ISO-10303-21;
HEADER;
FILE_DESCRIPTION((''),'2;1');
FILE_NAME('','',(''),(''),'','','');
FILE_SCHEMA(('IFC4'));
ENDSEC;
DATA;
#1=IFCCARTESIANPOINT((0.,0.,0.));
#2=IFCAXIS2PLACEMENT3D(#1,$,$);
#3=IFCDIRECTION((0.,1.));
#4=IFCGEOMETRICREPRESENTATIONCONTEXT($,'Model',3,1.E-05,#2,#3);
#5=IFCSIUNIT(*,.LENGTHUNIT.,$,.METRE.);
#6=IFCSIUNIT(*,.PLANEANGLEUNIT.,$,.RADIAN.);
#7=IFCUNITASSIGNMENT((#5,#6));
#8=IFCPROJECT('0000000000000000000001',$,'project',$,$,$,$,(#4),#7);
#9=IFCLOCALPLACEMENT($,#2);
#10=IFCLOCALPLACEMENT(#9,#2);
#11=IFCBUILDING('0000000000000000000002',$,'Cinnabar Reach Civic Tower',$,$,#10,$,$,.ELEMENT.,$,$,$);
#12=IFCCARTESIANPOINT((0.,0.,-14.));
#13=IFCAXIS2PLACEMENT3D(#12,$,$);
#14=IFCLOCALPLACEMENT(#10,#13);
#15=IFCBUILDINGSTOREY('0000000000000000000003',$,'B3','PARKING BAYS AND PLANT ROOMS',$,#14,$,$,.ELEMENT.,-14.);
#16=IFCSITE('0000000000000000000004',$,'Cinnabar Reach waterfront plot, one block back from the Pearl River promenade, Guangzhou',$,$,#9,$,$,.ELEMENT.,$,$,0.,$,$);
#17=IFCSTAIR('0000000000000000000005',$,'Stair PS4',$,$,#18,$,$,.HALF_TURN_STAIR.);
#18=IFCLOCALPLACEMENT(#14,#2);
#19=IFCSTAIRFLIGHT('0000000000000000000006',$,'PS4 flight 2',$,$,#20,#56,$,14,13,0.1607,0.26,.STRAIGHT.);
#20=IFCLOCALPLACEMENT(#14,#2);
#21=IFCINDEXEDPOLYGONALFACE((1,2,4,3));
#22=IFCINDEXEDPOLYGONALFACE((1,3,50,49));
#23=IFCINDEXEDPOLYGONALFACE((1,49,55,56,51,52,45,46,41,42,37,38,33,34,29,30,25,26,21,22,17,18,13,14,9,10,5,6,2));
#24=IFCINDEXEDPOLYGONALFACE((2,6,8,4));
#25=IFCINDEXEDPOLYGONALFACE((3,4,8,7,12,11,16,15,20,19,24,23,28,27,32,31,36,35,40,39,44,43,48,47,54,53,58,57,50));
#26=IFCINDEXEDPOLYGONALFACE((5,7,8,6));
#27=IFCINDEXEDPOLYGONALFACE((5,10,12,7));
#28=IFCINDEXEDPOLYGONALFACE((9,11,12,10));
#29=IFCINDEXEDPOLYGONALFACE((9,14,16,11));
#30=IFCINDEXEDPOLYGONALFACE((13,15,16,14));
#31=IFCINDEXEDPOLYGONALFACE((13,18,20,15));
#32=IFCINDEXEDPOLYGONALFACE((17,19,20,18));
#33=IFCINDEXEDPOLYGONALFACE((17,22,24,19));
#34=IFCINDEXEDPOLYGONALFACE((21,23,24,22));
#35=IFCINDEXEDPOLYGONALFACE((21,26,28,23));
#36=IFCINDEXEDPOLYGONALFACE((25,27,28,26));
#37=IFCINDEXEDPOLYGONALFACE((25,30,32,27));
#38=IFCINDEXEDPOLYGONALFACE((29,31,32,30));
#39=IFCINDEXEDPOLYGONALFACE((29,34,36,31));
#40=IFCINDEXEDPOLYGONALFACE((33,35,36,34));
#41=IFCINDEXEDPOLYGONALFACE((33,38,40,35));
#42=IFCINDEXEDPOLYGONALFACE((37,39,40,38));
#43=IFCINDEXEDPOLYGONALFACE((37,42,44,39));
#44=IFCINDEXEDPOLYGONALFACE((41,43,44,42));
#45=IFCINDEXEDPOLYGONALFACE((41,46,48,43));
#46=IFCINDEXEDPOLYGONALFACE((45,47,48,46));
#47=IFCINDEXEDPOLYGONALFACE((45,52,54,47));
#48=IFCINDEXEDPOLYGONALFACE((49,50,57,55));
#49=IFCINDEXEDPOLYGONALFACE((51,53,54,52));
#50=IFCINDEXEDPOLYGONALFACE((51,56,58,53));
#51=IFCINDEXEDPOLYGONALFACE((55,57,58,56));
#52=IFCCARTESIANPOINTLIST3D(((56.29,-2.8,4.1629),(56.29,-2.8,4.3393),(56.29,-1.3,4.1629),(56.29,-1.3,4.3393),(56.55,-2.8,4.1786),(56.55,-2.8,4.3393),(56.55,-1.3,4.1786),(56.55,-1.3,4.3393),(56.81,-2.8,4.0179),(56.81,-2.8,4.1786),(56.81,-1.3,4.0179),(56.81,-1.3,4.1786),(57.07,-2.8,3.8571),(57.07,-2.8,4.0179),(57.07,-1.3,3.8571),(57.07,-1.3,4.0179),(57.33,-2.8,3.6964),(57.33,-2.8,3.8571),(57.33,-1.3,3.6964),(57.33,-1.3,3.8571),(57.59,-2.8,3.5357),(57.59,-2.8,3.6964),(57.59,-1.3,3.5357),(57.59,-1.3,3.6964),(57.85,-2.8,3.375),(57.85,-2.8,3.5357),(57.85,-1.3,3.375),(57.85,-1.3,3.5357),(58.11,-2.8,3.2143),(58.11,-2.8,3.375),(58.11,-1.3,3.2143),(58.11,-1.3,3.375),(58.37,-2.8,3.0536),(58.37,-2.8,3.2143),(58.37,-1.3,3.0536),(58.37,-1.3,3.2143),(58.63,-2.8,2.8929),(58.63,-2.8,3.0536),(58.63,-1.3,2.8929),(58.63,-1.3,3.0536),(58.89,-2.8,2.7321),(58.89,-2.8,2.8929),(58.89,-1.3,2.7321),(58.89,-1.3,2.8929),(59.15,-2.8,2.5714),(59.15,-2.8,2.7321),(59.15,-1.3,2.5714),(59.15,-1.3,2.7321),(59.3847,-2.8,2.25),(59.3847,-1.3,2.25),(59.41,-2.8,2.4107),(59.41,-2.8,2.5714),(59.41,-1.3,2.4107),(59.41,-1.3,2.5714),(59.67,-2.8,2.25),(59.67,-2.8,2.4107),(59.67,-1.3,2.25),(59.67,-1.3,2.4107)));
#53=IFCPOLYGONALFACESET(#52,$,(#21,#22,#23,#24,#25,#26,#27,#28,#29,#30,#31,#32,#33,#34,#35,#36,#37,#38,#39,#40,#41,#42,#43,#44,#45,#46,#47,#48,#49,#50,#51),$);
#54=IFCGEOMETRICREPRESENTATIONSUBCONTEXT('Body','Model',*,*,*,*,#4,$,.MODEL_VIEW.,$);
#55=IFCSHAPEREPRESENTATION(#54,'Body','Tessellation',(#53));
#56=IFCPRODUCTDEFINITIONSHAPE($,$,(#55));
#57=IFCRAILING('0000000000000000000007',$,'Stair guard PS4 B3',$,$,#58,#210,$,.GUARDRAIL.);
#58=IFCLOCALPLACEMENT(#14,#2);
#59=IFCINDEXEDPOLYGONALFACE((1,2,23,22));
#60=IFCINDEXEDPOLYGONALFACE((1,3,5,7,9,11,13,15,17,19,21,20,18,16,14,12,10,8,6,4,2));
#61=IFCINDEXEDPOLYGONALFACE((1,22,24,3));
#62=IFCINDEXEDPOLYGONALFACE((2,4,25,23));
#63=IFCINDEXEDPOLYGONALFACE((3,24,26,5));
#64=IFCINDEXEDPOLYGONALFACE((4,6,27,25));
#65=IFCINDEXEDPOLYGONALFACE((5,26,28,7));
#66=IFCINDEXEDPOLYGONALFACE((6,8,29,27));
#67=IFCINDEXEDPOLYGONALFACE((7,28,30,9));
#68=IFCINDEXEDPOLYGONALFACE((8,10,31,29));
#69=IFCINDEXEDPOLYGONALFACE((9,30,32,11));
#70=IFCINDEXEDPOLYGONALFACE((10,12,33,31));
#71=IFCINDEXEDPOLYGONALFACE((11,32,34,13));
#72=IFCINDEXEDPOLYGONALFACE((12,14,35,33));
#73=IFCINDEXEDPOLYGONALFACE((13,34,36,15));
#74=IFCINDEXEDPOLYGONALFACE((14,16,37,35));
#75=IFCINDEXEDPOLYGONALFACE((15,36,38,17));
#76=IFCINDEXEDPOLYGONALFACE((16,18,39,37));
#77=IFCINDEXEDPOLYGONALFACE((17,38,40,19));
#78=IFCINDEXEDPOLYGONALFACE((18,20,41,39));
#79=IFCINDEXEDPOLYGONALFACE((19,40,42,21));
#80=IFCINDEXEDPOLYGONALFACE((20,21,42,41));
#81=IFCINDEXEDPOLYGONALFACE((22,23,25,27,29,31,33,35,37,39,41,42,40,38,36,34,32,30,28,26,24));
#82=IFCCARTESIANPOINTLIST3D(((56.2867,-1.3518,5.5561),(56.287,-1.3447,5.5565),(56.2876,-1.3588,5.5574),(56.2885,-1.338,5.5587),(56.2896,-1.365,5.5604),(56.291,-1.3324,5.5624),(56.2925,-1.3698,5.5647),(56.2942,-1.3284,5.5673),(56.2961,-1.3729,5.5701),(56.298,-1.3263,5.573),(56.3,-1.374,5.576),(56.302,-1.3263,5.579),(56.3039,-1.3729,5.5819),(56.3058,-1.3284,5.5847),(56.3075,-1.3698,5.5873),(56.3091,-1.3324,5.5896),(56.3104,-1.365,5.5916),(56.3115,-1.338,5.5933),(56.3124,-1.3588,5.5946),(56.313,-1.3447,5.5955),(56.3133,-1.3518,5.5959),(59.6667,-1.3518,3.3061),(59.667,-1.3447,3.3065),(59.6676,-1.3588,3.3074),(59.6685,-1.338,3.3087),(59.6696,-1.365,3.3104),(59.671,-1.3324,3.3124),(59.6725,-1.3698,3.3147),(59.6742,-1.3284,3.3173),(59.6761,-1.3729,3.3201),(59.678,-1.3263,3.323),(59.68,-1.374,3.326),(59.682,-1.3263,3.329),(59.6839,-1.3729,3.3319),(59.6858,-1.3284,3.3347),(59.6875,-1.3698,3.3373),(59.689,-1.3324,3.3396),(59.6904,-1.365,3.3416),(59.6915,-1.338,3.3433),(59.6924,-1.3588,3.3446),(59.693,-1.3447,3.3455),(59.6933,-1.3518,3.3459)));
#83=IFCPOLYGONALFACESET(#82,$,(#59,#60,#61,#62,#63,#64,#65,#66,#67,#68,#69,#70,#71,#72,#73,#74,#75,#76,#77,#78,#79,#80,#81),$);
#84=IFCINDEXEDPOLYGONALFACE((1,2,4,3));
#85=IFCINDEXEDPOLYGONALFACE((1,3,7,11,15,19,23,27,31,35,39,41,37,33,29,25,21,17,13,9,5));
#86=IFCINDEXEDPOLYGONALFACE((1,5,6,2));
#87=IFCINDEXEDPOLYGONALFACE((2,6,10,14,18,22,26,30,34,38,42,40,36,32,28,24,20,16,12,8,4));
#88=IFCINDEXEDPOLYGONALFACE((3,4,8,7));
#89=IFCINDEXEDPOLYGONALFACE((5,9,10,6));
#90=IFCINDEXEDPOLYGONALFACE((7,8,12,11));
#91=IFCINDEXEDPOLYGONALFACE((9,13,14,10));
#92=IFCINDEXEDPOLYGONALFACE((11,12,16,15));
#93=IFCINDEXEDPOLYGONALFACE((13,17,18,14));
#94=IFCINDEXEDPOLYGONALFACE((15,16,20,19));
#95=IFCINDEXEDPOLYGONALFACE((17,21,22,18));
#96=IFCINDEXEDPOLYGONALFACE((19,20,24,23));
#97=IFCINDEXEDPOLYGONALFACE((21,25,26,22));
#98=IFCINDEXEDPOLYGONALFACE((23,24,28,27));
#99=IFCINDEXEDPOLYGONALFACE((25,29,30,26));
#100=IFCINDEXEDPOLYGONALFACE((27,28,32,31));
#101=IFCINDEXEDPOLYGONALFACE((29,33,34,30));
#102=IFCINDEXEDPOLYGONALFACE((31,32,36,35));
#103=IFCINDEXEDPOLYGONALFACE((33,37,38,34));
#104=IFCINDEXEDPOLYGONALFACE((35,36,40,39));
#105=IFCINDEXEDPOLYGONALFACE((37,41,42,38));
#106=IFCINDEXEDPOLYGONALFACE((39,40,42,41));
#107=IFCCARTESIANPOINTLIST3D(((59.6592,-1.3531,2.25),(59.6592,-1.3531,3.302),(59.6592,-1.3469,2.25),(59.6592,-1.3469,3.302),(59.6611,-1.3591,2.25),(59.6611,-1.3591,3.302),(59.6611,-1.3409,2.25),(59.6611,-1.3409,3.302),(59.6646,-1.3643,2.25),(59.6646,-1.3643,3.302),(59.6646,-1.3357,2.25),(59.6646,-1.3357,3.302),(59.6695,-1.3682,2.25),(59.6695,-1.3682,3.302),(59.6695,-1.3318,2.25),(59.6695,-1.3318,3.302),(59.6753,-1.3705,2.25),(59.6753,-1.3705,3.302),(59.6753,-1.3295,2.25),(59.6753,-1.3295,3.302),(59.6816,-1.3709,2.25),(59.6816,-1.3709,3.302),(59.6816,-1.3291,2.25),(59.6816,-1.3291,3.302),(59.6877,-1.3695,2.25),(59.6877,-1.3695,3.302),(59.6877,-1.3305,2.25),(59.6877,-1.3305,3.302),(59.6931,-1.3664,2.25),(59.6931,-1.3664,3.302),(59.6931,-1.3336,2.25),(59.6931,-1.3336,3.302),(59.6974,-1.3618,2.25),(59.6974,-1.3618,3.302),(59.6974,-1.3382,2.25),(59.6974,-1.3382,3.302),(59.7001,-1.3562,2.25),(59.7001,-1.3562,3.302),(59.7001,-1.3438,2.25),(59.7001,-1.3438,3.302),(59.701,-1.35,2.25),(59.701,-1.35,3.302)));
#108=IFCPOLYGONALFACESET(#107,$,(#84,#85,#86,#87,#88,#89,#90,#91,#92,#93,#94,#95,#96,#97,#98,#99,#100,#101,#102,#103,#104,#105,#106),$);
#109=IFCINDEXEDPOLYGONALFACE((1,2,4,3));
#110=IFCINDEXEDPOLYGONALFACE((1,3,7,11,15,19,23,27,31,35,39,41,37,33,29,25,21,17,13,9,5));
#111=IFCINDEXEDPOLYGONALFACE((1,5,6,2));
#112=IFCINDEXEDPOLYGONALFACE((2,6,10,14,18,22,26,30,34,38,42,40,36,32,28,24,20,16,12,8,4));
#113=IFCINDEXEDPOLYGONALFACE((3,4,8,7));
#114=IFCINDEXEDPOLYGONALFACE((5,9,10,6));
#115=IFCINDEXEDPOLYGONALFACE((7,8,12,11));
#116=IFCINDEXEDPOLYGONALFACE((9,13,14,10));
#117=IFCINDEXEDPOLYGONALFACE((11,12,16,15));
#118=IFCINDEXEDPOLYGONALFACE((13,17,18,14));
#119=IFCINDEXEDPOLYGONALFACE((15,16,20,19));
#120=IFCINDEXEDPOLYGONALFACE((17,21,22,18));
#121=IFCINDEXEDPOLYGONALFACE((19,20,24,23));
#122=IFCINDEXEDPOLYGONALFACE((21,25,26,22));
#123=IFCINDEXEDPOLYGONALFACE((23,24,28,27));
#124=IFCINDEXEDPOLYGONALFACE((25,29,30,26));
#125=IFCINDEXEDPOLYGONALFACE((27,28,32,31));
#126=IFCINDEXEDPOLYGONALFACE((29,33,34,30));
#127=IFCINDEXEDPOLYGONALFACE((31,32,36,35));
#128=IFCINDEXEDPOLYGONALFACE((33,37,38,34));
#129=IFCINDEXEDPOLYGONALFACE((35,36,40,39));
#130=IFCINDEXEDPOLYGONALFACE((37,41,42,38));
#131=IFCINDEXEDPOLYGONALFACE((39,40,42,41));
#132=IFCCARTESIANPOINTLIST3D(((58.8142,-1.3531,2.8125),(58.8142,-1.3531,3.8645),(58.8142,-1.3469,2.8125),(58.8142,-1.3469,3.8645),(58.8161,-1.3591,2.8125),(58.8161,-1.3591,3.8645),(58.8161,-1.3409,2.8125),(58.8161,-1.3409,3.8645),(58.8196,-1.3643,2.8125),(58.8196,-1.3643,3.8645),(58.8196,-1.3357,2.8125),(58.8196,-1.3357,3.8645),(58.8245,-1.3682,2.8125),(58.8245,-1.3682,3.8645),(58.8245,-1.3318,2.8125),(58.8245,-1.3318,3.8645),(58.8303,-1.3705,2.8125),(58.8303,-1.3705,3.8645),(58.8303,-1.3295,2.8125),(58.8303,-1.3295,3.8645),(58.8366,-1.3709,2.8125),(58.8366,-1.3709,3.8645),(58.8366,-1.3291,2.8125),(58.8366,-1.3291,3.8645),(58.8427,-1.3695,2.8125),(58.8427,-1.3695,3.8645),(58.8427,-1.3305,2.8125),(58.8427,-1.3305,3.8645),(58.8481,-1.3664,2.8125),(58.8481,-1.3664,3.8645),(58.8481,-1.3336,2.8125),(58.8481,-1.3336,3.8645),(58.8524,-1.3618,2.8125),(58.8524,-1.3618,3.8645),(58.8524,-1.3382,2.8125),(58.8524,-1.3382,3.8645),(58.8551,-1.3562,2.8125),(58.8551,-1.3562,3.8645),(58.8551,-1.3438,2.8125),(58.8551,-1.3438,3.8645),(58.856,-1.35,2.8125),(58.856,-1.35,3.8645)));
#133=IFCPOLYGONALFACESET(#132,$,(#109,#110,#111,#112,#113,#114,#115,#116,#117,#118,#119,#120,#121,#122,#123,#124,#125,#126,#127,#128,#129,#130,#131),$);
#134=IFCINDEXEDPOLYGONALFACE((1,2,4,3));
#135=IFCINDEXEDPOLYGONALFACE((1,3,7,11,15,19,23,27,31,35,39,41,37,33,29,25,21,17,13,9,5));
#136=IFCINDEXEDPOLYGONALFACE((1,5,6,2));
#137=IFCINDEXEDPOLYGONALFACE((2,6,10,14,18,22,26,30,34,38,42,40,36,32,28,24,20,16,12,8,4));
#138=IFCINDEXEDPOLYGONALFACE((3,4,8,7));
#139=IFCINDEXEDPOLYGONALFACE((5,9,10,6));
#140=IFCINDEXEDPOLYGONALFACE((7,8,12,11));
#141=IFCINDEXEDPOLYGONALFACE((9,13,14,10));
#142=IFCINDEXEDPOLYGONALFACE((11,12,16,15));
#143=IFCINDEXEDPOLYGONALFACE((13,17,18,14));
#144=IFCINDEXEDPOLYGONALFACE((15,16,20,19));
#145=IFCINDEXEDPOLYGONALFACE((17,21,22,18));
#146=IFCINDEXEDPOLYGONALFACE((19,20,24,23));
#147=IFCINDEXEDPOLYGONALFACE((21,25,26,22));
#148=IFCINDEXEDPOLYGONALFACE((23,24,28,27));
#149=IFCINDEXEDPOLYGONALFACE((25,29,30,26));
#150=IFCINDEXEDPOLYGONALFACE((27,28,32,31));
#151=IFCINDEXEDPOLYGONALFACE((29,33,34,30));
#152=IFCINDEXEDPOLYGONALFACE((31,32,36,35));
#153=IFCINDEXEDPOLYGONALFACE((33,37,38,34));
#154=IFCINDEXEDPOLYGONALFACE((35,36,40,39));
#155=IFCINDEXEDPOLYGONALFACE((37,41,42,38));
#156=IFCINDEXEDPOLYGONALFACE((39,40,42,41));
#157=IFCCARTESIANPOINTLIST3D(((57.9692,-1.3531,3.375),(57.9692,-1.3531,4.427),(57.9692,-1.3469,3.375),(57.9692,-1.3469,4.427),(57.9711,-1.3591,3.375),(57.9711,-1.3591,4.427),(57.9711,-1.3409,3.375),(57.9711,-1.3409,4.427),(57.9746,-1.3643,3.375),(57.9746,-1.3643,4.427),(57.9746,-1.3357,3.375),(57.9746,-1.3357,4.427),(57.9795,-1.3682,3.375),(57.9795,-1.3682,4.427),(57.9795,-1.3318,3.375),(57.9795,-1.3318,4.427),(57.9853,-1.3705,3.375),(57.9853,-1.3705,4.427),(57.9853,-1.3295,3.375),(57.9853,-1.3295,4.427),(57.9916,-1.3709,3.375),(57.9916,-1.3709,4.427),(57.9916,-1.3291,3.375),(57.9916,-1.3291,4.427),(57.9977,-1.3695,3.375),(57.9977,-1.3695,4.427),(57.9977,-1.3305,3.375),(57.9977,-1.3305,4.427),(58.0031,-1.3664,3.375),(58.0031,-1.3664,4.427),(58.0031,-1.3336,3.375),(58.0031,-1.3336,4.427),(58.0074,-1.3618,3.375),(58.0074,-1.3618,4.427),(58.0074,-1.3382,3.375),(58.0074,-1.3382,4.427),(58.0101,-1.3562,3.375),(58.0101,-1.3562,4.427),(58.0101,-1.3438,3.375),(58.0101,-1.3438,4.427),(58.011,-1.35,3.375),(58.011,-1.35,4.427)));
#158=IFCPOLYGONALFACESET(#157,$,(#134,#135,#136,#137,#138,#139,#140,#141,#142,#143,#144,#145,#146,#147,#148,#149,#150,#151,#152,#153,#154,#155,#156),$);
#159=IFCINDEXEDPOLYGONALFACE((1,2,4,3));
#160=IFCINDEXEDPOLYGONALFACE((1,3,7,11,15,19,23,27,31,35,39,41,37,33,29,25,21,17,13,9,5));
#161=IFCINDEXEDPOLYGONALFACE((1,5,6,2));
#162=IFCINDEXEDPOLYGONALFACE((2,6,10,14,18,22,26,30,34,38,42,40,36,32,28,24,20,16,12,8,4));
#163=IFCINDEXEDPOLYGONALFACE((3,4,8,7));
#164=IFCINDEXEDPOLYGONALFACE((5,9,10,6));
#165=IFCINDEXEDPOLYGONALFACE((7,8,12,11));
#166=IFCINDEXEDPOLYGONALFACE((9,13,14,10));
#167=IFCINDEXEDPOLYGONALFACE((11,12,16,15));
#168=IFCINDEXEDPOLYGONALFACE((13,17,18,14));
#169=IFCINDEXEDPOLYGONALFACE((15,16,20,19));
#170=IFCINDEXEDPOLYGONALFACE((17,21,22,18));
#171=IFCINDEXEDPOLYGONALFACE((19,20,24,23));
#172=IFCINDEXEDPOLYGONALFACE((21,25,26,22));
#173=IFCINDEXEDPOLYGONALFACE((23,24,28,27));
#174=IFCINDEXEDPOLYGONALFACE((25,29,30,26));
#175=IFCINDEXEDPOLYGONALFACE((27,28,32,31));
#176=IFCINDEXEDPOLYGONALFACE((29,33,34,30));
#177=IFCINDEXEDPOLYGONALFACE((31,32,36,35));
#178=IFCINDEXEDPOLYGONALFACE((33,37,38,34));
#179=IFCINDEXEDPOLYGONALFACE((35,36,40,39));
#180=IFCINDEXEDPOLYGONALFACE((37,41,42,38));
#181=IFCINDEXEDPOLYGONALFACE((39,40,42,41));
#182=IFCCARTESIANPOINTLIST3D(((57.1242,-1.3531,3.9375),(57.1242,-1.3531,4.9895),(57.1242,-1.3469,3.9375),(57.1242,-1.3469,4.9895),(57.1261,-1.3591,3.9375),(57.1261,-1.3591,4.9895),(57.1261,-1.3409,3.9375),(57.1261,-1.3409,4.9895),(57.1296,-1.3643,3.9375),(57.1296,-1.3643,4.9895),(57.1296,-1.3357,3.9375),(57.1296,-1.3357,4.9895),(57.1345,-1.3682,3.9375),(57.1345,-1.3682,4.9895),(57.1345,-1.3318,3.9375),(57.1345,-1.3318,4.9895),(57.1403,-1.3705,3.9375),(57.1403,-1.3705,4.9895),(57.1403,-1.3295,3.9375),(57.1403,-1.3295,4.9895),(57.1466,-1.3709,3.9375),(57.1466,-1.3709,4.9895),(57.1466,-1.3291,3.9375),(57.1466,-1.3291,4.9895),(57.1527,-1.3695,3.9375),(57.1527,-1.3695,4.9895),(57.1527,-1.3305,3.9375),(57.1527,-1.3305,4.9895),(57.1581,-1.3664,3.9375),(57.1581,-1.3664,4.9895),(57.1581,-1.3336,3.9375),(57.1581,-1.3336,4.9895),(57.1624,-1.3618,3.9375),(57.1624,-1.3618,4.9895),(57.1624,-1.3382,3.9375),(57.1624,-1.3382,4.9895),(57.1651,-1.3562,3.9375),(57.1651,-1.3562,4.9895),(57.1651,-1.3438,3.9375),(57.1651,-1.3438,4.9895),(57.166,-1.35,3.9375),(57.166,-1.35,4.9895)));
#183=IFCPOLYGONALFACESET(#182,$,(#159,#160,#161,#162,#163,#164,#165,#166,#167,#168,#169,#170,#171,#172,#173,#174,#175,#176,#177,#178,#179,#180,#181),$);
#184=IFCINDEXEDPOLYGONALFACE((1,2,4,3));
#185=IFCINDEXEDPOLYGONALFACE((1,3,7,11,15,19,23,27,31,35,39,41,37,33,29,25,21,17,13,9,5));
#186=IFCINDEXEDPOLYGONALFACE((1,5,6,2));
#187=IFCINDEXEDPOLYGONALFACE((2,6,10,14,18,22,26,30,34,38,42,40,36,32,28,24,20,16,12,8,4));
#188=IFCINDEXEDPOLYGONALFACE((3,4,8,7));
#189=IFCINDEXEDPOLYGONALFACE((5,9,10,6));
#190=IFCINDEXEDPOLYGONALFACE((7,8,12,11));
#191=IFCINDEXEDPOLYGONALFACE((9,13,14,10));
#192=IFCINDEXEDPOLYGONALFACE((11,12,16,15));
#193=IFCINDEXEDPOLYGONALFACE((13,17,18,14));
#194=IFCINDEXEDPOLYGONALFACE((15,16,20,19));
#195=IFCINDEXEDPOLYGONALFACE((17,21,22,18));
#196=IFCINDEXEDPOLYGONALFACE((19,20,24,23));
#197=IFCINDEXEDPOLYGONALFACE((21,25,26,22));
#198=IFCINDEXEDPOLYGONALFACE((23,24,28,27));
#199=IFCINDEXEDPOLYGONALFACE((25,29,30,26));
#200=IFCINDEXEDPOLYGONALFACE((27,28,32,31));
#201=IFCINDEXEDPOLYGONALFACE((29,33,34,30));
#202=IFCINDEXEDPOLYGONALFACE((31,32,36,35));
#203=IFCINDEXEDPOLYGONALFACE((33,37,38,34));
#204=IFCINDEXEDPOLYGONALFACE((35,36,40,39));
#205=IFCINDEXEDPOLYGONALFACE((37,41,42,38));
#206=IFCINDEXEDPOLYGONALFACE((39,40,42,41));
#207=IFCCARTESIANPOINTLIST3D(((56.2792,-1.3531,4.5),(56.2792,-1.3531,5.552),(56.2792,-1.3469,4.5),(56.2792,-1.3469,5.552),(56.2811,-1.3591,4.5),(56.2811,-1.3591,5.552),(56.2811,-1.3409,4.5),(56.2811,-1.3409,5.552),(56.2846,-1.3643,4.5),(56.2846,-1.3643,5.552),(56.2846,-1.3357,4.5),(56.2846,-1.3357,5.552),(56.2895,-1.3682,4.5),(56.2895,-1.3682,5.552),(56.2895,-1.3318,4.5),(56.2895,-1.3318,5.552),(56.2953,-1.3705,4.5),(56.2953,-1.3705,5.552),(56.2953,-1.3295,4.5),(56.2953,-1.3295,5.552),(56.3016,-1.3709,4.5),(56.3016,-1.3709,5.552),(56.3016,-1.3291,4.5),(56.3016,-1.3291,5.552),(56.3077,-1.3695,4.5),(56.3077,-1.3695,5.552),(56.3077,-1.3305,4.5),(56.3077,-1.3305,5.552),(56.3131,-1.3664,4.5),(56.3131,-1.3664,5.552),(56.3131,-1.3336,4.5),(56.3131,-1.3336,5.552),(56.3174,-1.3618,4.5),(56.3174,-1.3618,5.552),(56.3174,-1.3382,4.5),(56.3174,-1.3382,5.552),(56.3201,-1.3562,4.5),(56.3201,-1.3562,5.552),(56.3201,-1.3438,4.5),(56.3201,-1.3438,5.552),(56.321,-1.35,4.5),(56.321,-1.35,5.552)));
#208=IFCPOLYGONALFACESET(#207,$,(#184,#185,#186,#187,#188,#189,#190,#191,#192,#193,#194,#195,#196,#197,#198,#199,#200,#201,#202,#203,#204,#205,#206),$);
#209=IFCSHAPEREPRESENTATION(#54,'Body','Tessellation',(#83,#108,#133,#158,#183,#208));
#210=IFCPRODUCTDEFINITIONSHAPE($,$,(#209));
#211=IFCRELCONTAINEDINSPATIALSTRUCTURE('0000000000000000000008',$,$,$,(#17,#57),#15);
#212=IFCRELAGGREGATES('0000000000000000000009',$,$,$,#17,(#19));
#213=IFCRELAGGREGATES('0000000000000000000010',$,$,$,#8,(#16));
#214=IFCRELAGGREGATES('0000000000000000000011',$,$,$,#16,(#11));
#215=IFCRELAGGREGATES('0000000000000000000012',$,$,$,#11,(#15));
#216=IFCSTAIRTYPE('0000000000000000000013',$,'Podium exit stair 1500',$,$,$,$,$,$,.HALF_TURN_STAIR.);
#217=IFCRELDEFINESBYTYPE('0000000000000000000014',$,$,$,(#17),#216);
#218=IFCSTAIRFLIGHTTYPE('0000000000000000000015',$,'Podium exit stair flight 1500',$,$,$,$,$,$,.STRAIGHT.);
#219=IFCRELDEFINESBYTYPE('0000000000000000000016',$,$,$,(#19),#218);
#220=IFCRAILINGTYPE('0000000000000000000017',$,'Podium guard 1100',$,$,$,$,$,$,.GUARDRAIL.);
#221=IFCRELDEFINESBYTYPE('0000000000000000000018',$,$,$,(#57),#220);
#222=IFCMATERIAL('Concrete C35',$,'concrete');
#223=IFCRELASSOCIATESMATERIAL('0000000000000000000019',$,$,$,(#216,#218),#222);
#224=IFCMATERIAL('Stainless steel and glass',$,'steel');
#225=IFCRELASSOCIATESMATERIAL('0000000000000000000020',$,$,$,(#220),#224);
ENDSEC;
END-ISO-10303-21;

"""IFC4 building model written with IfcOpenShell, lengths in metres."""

from ifc_helpers import new_model, si_unit, direction, frame, origin, origin_2d, place, context, subcontext, project, spatial, polyline, circle, outline, extrude, material, type_object, element, aggregate, save


model = new_model("IFC4")

# Units and contexts
model_context = context("Model", 3, precision=1e-05, world=origin(), true_north=direction((0.0, 1.0)))
body_context = subcontext(model_context, "Body", "Model", "MODEL_VIEW")
ifc_project = project(units=[si_unit("LENGTHUNIT", "METRE"), si_unit("PLANEANGLEUNIT", "RADIAN")], contexts=[model_context])

# Site, building, storey
site_placement = place(None, origin())
site = spatial("IfcSite", under=ifc_project, at=site_placement, Name="Cinnabar Reach waterfront plot, one block back from the Pearl River promenade, Guangzhou", CompositionType="ELEMENT", RefElevation=0.0)
building_placement = place(site_placement, origin())
building = spatial("IfcBuilding", under=site, at=building_placement, Name="Cinnabar Reach Civic Tower", CompositionType="ELEMENT")
storey_placement = place(building_placement, frame((0.0, 0.0, -14.0)))
storey = spatial("IfcBuildingStorey", under=building, at=storey_placement, Name="B3", Description="PARKING BAYS AND PLANT ROOMS", CompositionType="ELEMENT", Elevation=-14.0)

# Stair, stair flight
ifc_material_1 = material(Name="Concrete C35", Category="concrete")
stair_type = type_object("IfcStairType", Name="Podium exit stair 1500", PredefinedType="HALF_TURN_STAIR", material=ifc_material_1)
stair_placement = place(storey_placement, origin())
stair = element("IfcStair", 1, at=stair_placement, inside=storey, type_object=stair_type, Name="Stair PS4", PredefinedType="HALF_TURN_STAIR")
stair_flight_type = type_object("IfcStairFlightType", Name="Podium exit stair flight 1500", PredefinedType="STRAIGHT", material=ifc_material_1)
stair_flight_1_placement = place(storey_placement, frame((59.67, -2.05, 2.25), z_axis=(0.0, 0.0, 1.0), x_axis=(-1.0, 0.0, 0.0)))
stair_flight_1 = element("IfcStairFlight", 2, at=stair_flight_1_placement, type_object=stair_flight_type, Name="PS4 flight 2", NumberOfRisers=14, NumberOfTreads=13, PredefinedType="STRAIGHT", RiserHeight=0.1607, TreadLength=0.26, context=body_context, shape_type="SweptSolid", body=[
    extrude(outline(polyline([(0.0, 0.0), (0.0, 0.1607), (0.26, 0.1607), (0.26, 0.3214), (0.52, 0.3214), (0.52, 0.4821), (0.78, 0.4821), (0.78, 0.6429), (1.04, 0.6429), (1.04, 0.8036), (1.3, 0.8036), (1.3, 0.9643), (1.56, 0.9643), (1.56, 1.125), (1.82, 1.125), (1.82, 1.2857), (2.08, 1.2857), (2.08, 1.4464), (2.34, 1.4464), (2.34, 1.6071), (2.6, 1.6071), (2.6, 1.7679), (2.86, 1.7679), (2.86, 1.9286), (3.12, 1.9286), (3.12, 2.0893), (3.38, 2.0893), (3.38, 2.25), (3.38, 1.9129), (0.2853, 0.0), (0.0, 0.0)])), frame((0.0, 0.75, 0.0), z_axis=(0.0, -1.0, 0.0), x_axis=(1.0, 0.0, 0.0)), (0.0, 0.0, 1.0), 1.5),
])
aggregate(stair, [stair_flight_1])

# Railing
ifc_material_2 = material(Name="Stainless steel and glass", Category="steel")
railing_type_1 = type_object("IfcRailingType", Name="Podium guard 1100", PredefinedType="GUARDRAIL", material=ifc_material_2)
railing_1_placement = place(storey_placement, frame((59.68, -1.35, 2.25)))
element("IfcRailing", 3, at=railing_1_placement, inside=storey, type_object=railing_type_1, Name="Stair guard PS4 B3", PredefinedType="GUARDRAIL", context=body_context, shape_type="SweptSolid", body=[
    extrude(circle(Radius=0.024, at=origin_2d()), frame((0.0, 0.0, 1.076), z_axis=(-0.832429, 0.0, 0.554132), x_axis=(0.0, -1.0, 0.0)), (0.0, 0.0, 1.0), 4.0604),
    extrude(circle(Radius=0.021, at=origin_2d()), origin(), (0.0, 0.0, 1.0), 1.052),
    extrude(circle(Radius=0.021, at=origin_2d()), frame((-0.845, 0.0, 0.5625)), (0.0, 0.0, 1.0), 1.052),
    extrude(circle(Radius=0.021, at=origin_2d()), frame((-1.69, 0.0, 1.125)), (0.0, 0.0, 1.0), 1.052),
    extrude(circle(Radius=0.021, at=origin_2d()), frame((-2.535, 0.0, 1.6875)), (0.0, 0.0, 1.0), 1.052),
    extrude(circle(Radius=0.021, at=origin_2d()), frame((-3.38, 0.0, 2.25)), (0.0, 0.0, 1.0), 1.052),
])

save(model, "model.ifc")
